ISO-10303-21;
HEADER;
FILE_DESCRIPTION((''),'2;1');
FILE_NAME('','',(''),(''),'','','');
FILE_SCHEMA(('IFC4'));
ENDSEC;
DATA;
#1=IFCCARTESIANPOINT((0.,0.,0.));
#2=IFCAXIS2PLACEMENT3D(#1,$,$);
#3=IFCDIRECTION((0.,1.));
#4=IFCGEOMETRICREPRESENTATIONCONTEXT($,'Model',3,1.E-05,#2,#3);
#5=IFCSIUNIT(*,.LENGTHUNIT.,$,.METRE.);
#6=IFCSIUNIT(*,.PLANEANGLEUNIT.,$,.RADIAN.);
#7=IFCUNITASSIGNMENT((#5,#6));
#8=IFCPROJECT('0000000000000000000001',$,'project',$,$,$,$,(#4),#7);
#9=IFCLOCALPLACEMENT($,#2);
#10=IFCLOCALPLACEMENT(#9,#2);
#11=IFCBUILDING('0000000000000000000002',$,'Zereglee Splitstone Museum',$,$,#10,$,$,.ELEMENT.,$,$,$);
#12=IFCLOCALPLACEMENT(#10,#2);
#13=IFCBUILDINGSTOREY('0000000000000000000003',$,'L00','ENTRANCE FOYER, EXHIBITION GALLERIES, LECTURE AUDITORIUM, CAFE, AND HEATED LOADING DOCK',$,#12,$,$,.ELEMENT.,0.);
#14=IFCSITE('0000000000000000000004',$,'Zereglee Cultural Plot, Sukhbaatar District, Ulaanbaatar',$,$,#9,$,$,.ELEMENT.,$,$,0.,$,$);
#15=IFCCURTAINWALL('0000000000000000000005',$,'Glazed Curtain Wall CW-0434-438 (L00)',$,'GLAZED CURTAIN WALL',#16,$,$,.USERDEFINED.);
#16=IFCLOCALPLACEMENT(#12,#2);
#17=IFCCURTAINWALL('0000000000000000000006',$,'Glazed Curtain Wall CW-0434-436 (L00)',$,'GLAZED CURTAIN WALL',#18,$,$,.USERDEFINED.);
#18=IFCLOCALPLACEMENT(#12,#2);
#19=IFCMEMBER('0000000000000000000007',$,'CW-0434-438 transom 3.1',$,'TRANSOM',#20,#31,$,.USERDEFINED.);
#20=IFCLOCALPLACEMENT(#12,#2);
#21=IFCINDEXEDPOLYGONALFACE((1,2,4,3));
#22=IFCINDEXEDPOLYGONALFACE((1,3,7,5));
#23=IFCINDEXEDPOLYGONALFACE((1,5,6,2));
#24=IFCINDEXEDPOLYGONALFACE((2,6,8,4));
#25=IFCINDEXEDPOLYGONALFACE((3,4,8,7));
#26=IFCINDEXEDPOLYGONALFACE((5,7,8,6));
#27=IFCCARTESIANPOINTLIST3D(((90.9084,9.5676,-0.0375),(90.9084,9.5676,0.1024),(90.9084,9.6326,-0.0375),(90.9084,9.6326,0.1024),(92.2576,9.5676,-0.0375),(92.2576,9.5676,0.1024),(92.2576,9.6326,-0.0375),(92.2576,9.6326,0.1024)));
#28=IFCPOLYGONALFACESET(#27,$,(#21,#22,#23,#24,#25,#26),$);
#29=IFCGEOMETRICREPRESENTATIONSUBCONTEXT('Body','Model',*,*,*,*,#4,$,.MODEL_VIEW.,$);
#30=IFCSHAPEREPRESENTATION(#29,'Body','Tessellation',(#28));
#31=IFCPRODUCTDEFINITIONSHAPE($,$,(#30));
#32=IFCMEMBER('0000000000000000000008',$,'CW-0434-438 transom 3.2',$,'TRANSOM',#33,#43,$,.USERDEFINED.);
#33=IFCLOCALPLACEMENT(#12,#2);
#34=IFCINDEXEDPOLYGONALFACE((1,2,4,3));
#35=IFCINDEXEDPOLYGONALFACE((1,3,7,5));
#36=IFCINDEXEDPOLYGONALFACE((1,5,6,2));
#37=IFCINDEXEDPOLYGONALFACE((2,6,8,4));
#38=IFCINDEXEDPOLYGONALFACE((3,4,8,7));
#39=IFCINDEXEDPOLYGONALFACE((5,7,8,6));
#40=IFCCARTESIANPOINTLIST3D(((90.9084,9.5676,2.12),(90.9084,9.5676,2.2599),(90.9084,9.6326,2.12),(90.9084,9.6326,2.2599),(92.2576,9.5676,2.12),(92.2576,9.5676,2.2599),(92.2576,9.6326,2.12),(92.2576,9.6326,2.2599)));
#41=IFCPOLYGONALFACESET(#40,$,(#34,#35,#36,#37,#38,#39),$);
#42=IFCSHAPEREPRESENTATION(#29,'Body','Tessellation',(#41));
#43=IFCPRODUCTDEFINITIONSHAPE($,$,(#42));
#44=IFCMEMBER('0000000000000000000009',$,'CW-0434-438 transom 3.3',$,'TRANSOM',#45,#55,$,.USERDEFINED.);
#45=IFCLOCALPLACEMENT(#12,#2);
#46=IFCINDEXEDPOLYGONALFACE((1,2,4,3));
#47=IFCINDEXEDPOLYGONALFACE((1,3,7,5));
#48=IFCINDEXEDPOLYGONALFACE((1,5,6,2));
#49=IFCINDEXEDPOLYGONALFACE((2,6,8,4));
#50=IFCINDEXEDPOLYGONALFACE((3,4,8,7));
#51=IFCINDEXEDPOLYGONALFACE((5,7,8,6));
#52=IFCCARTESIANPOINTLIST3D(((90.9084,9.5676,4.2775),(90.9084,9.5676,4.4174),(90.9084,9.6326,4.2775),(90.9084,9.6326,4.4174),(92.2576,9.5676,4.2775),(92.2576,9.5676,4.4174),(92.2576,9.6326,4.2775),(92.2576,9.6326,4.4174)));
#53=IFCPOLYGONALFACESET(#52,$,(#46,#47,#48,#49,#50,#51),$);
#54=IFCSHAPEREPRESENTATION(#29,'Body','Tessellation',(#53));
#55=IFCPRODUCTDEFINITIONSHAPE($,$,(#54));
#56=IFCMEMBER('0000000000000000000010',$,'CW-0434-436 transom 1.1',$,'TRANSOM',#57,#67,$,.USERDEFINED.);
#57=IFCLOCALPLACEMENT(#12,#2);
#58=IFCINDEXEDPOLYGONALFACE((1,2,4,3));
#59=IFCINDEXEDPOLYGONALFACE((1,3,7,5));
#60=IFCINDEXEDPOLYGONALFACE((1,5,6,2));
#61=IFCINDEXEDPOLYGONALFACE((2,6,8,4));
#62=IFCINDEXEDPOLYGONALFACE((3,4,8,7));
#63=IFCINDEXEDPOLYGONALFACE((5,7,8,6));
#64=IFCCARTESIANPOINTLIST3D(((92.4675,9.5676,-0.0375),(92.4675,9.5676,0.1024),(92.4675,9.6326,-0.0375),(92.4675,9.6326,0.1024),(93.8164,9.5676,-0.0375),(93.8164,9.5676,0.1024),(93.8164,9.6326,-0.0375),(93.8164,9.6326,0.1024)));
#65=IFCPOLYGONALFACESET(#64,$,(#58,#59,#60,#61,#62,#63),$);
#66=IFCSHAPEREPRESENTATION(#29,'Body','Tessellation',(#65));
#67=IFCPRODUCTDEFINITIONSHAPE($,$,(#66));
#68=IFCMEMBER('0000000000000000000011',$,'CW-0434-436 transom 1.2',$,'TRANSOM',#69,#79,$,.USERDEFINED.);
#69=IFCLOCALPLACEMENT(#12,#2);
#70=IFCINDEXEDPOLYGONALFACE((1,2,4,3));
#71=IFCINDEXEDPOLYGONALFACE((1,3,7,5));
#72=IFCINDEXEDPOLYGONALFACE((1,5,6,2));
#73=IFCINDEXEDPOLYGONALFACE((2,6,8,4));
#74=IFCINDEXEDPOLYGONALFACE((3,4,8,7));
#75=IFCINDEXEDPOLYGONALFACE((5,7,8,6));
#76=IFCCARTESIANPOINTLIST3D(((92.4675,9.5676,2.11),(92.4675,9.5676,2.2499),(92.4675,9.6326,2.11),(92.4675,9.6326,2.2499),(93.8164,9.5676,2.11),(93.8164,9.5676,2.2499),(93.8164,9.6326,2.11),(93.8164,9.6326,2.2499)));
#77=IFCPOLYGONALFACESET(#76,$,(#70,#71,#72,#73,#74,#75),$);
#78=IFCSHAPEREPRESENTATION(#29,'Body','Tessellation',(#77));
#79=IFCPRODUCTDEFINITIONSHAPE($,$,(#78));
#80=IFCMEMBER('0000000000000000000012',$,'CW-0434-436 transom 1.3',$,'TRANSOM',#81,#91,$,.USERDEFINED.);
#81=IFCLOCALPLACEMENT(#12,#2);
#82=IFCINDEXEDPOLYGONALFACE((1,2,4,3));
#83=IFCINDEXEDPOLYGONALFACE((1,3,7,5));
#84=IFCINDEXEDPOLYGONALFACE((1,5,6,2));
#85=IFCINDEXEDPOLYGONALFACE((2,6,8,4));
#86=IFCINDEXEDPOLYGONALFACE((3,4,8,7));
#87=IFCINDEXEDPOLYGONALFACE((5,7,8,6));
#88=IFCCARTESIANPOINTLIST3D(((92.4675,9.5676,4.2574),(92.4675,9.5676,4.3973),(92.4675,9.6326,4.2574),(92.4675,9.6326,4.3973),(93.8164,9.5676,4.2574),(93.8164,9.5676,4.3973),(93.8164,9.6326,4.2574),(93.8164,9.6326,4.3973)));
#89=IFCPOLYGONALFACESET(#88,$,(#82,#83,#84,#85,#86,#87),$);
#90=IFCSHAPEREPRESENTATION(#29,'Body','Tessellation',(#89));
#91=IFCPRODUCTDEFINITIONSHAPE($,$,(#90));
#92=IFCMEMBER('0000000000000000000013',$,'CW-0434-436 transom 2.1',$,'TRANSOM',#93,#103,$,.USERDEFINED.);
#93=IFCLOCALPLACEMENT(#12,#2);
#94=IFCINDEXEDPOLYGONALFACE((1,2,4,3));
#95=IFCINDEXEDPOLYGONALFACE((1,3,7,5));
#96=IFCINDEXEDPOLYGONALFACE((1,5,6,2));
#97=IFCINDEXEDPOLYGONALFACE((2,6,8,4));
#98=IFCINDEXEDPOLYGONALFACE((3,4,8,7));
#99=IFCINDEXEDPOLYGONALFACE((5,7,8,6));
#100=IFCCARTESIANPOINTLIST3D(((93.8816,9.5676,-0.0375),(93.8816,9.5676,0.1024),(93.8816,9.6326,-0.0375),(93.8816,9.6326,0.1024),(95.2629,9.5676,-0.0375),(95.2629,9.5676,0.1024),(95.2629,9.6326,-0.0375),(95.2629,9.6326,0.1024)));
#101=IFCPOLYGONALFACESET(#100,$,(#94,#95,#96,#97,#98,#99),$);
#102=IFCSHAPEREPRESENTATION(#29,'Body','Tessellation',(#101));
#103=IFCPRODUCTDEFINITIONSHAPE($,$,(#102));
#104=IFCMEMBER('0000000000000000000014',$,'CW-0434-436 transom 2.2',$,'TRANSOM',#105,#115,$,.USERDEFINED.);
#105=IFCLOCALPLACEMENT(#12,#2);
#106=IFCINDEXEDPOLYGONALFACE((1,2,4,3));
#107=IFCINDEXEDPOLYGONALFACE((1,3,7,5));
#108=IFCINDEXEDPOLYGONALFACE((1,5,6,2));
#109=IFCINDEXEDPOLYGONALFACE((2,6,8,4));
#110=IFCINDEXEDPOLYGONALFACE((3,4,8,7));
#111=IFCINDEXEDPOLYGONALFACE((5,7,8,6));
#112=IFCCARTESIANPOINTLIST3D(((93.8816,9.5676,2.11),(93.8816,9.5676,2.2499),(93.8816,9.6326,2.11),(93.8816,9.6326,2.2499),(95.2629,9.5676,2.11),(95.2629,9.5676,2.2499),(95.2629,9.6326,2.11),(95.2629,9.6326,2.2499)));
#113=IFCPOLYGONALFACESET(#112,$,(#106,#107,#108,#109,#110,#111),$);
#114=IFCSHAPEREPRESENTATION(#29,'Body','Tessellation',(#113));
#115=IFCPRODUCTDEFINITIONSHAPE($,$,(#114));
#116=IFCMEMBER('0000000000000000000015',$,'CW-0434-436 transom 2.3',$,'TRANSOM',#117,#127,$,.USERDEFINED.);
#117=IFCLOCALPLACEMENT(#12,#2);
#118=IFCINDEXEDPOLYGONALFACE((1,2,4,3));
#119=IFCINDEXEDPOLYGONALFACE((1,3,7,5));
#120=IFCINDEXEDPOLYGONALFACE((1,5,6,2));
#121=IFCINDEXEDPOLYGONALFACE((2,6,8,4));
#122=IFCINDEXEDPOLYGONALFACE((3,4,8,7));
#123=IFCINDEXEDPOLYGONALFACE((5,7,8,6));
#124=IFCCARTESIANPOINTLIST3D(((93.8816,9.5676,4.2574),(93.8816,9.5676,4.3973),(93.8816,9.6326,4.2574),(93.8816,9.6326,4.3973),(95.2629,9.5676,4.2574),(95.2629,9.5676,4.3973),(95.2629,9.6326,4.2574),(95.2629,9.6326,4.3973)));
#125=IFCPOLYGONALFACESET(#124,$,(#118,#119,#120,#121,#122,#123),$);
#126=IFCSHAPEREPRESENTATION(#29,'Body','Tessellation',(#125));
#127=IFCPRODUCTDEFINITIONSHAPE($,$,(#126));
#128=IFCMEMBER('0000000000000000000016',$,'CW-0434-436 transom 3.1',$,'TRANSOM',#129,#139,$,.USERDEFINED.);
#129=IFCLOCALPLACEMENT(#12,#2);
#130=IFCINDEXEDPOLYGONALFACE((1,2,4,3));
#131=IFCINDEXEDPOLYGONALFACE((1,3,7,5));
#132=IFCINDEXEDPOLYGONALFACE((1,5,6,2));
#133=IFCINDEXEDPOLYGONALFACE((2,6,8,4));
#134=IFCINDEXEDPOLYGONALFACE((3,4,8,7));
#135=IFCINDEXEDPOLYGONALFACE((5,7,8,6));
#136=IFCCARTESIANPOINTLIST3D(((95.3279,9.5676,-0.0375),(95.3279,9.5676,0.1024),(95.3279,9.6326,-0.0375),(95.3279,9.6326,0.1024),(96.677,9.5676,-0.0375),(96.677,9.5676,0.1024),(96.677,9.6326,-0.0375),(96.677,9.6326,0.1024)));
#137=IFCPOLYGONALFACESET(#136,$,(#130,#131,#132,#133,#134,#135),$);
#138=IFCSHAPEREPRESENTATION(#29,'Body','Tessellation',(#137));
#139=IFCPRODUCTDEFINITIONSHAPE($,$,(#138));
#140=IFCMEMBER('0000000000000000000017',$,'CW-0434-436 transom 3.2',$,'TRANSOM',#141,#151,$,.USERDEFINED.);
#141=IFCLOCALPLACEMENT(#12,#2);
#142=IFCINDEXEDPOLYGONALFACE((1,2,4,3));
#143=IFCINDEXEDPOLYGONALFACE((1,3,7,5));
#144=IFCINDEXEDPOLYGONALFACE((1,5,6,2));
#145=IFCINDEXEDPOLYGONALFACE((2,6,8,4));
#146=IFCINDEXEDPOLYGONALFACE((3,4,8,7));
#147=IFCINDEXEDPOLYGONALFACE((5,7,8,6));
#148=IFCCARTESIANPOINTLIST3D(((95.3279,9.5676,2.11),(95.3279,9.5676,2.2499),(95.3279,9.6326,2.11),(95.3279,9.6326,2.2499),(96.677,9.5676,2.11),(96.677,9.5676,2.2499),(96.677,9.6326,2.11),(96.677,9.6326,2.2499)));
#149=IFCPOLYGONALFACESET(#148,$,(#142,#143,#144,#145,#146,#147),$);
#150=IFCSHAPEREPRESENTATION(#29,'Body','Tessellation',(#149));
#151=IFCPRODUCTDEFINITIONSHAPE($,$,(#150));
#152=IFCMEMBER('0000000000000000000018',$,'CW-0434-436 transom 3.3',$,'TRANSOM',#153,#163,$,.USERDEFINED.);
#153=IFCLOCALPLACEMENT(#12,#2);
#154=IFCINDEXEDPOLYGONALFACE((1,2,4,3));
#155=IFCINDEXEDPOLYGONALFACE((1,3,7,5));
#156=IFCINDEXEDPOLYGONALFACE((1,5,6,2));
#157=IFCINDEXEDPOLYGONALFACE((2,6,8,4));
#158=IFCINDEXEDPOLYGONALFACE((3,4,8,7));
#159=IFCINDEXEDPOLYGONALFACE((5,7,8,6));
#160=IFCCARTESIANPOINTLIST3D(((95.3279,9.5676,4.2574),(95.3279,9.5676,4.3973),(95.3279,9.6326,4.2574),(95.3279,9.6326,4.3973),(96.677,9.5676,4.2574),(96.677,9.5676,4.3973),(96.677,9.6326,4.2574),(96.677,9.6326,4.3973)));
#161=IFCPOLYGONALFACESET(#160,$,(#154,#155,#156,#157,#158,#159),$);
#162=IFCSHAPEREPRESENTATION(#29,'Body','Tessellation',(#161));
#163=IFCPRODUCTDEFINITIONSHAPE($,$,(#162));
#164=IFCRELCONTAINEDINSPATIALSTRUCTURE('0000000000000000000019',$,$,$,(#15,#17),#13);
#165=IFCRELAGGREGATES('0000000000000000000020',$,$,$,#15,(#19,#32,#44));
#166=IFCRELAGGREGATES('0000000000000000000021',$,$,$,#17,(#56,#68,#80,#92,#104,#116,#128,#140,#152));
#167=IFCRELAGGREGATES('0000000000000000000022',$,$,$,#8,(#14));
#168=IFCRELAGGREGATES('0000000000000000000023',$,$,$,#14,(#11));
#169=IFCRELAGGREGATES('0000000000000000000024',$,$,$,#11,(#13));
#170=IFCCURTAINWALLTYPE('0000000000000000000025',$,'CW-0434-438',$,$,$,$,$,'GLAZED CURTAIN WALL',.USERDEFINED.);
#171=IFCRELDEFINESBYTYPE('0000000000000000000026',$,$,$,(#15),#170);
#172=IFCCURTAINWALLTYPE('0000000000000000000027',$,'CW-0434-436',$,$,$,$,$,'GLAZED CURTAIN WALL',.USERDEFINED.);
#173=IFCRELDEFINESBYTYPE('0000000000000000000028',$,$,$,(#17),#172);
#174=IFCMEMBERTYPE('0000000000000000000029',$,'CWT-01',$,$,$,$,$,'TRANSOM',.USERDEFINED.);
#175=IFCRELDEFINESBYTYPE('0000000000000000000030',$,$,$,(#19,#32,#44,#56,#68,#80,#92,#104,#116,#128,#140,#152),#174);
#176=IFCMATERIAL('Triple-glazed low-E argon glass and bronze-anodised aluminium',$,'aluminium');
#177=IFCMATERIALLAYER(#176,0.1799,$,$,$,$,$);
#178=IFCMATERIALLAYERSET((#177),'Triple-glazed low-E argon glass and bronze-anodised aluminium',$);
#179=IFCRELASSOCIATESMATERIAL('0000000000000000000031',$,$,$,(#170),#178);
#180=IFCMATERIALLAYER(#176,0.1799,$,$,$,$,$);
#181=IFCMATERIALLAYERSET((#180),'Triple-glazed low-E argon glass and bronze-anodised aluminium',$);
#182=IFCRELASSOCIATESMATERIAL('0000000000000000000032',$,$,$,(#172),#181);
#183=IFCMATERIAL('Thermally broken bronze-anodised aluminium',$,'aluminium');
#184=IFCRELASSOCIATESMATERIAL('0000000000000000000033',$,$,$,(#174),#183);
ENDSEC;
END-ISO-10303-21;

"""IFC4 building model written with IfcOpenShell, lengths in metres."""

from ifc_helpers import new_model, si_unit, direction, frame, origin, origin_2d, place, context, subcontext, project, spatial, rectangle, extrude, material, layer, layer_set, material_profile, profile_set, type_object, element, aggregate, save


model = new_model("IFC4")

# Units and contexts
model_context = context("Model", 3, precision=1e-05, world=origin(), true_north=direction((0.0, 1.0)))
body_context = subcontext(model_context, "Body", "Model", "MODEL_VIEW")
ifc_project = project(units=[si_unit("LENGTHUNIT", "METRE"), si_unit("PLANEANGLEUNIT", "RADIAN")], contexts=[model_context])

# Site, building, storey
site_placement = place(None, origin())
site = spatial("IfcSite", under=ifc_project, at=site_placement, Name="Zereglee Cultural Plot, Sukhbaatar District, Ulaanbaatar", CompositionType="ELEMENT", RefElevation=0.0)
building_placement = place(site_placement, origin())
building = spatial("IfcBuilding", under=site, at=building_placement, Name="Zereglee Splitstone Museum", CompositionType="ELEMENT")
storey_placement = place(building_placement, origin())
storey = spatial("IfcBuildingStorey", under=building, at=storey_placement, Name="L00", Description="ENTRANCE FOYER, EXHIBITION GALLERIES, LECTURE AUDITORIUM, CAFE, AND HEATED LOADING DOCK", CompositionType="ELEMENT", Elevation=0.0)

# Curtain walls
ifc_material_1 = material(Name="Triple-glazed low-E argon glass and bronze-anodised aluminium", Category="aluminium")
ifc_layer_1 = layer(ifc_material_1, 0.1799)
ifc_layer_set_1 = layer_set([ifc_layer_1], Name="Triple-glazed low-E argon glass and bronze-anodised aluminium")
curtain_wall_type_1 = type_object("IfcCurtainWallType", Name="CW-0434-438", ElementType="GLAZED CURTAIN WALL", PredefinedType="USERDEFINED", material=ifc_layer_set_1)
curtain_wall_1_placement = place(storey_placement, origin())
curtain_wall_1 = element("IfcCurtainWall", 1, at=curtain_wall_1_placement, inside=storey, type_object=curtain_wall_type_1, Name="Glazed Curtain Wall CW-0434-438 (L00)", ObjectType="GLAZED CURTAIN WALL", PredefinedType="USERDEFINED")
ifc_material_2 = material(Name="Thermally broken bronze-anodised aluminium", Category="aluminium")
ifc_layer_2 = layer(ifc_material_1, 0.1799)
ifc_layer_set_2 = layer_set([ifc_layer_2], Name="Triple-glazed low-E argon glass and bronze-anodised aluminium")
curtain_wall_type_2 = type_object("IfcCurtainWallType", Name="CW-0434-436", ElementType="GLAZED CURTAIN WALL", PredefinedType="USERDEFINED", material=ifc_layer_set_2)
curtain_wall_2_placement = place(storey_placement, origin())
curtain_wall_2 = element("IfcCurtainWall", 2, at=curtain_wall_2_placement, inside=storey, type_object=curtain_wall_type_2, Name="Glazed Curtain Wall CW-0434-436 (L00)", ObjectType="GLAZED CURTAIN WALL", PredefinedType="USERDEFINED")

# Members
ifc_material_profile_1 = material_profile(ifc_material_2, rectangle(XDim=0.0649, YDim=0.1399, at=origin_2d()), Name="CW TRAN 65x140")
ifc_profile_set_1 = profile_set([ifc_material_profile_1], Name="Thermally broken bronze-anodised aluminium")
member_type_1 = type_object("IfcMemberType", Name="CWT-01", ElementType="TRANSOM", PredefinedType="USERDEFINED", material=ifc_profile_set_1)
member_1_placement = place(storey_placement, frame((90.9084, 9.6001, 0.0325), z_axis=(1.0, 0.0, 0.0), x_axis=(0.0, 1.0, 0.0)))
member_1 = element("IfcMember", 3, at=member_1_placement, type_object=member_type_1, Name="CW-0434-438 transom 3.1", ObjectType="TRANSOM", PredefinedType="USERDEFINED", context=body_context, shape_type="SweptSolid", body=[
    extrude(rectangle(XDim=0.0649, YDim=0.1399, at=origin_2d()), origin(), (0.0, 0.0, 1.0), 1.3491),
])
member_2_placement = place(storey_placement, frame((90.9084, 9.6001, 2.1899), z_axis=(1.0, 0.0, 0.0), x_axis=(0.0, 1.0, 0.0)))
member_2 = element("IfcMember", 4, at=member_2_placement, type_object=member_type_1, Name="CW-0434-438 transom 3.2", ObjectType="TRANSOM", PredefinedType="USERDEFINED", context=body_context, shape_type="SweptSolid", body=[
    extrude(rectangle(XDim=0.0649, YDim=0.1399, at=origin_2d()), origin(), (0.0, 0.0, 1.0), 1.3491),
])
member_3_placement = place(storey_placement, frame((90.9084, 9.6001, 4.3474), z_axis=(1.0, 0.0, 0.0), x_axis=(0.0, 1.0, 0.0)))
member_3 = element("IfcMember", 5, at=member_3_placement, type_object=member_type_1, Name="CW-0434-438 transom 3.3", ObjectType="TRANSOM", PredefinedType="USERDEFINED", context=body_context, shape_type="SweptSolid", body=[
    extrude(rectangle(XDim=0.0649, YDim=0.1399, at=origin_2d()), origin(), (0.0, 0.0, 1.0), 1.3491),
])
member_4_placement = place(storey_placement, frame((92.4675, 9.6001, 0.0325), z_axis=(1.0, 0.0, 0.0), x_axis=(0.0, 1.0, 0.0)))
member_4 = element("IfcMember", 6, at=member_4_placement, type_object=member_type_1, Name="CW-0434-436 transom 1.1", ObjectType="TRANSOM", PredefinedType="USERDEFINED", context=body_context, shape_type="SweptSolid", body=[
    extrude(rectangle(XDim=0.0649, YDim=0.1399, at=origin_2d()), origin(), (0.0, 0.0, 1.0), 1.3489),
])
member_5_placement = place(storey_placement, frame((92.4675, 9.6001, 2.1799), z_axis=(1.0, 0.0, 0.0), x_axis=(0.0, 1.0, 0.0)))
member_5 = element("IfcMember", 7, at=member_5_placement, type_object=member_type_1, Name="CW-0434-436 transom 1.2", ObjectType="TRANSOM", PredefinedType="USERDEFINED", context=body_context, shape_type="SweptSolid", body=[
    extrude(rectangle(XDim=0.0649, YDim=0.1399, at=origin_2d()), origin(), (0.0, 0.0, 1.0), 1.3489),
])
member_6_placement = place(storey_placement, frame((92.4675, 9.6001, 4.3274), z_axis=(1.0, 0.0, 0.0), x_axis=(0.0, 1.0, 0.0)))
member_6 = element("IfcMember", 8, at=member_6_placement, type_object=member_type_1, Name="CW-0434-436 transom 1.3", ObjectType="TRANSOM", PredefinedType="USERDEFINED", context=body_context, shape_type="SweptSolid", body=[
    extrude(rectangle(XDim=0.0649, YDim=0.1399, at=origin_2d()), origin(), (0.0, 0.0, 1.0), 1.3489),
])
member_7_placement = place(storey_placement, frame((93.8816, 9.6001, 0.0325), z_axis=(1.0, 0.0, 0.0), x_axis=(0.0, 1.0, 0.0)))
member_7 = element("IfcMember", 9, at=member_7_placement, type_object=member_type_1, Name="CW-0434-436 transom 2.1", ObjectType="TRANSOM", PredefinedType="USERDEFINED", context=body_context, shape_type="SweptSolid", body=[
    extrude(rectangle(XDim=0.0649, YDim=0.1399, at=origin_2d()), origin(), (0.0, 0.0, 1.0), 1.3813),
])
member_8_placement = place(storey_placement, frame((93.8816, 9.6001, 2.1799), z_axis=(1.0, 0.0, 0.0), x_axis=(0.0, 1.0, 0.0)))
member_8 = element("IfcMember", 10, at=member_8_placement, type_object=member_type_1, Name="CW-0434-436 transom 2.2", ObjectType="TRANSOM", PredefinedType="USERDEFINED", context=body_context, shape_type="SweptSolid", body=[
    extrude(rectangle(XDim=0.0649, YDim=0.1399, at=origin_2d()), origin(), (0.0, 0.0, 1.0), 1.3813),
])
member_9_placement = place(storey_placement, frame((93.8816, 9.6001, 4.3274), z_axis=(1.0, 0.0, 0.0), x_axis=(0.0, 1.0, 0.0)))
member_9 = element("IfcMember", 11, at=member_9_placement, type_object=member_type_1, Name="CW-0434-436 transom 2.3", ObjectType="TRANSOM", PredefinedType="USERDEFINED", context=body_context, shape_type="SweptSolid", body=[
    extrude(rectangle(XDim=0.0649, YDim=0.1399, at=origin_2d()), origin(), (0.0, 0.0, 1.0), 1.3813),
])
member_10_placement = place(storey_placement, frame((95.3279, 9.6001, 0.0325), z_axis=(1.0, 0.0, 0.0), x_axis=(0.0, 1.0, 0.0)))
member_10 = element("IfcMember", 12, at=member_10_placement, type_object=member_type_1, Name="CW-0434-436 transom 3.1", ObjectType="TRANSOM", PredefinedType="USERDEFINED", context=body_context, shape_type="SweptSolid", body=[
    extrude(rectangle(XDim=0.0649, YDim=0.1399, at=origin_2d()), origin(), (0.0, 0.0, 1.0), 1.3491),
])
member_11_placement = place(storey_placement, frame((95.3279, 9.6001, 2.1799), z_axis=(1.0, 0.0, 0.0), x_axis=(0.0, 1.0, 0.0)))
member_11 = element("IfcMember", 13, at=member_11_placement, type_object=member_type_1, Name="CW-0434-436 transom 3.2", ObjectType="TRANSOM", PredefinedType="USERDEFINED", context=body_context, shape_type="SweptSolid", body=[
    extrude(rectangle(XDim=0.0649, YDim=0.1399, at=origin_2d()), origin(), (0.0, 0.0, 1.0), 1.3491),
])
member_12_placement = place(storey_placement, frame((95.3279, 9.6001, 4.3274), z_axis=(1.0, 0.0, 0.0), x_axis=(0.0, 1.0, 0.0)))
member_12 = element("IfcMember", 14, at=member_12_placement, type_object=member_type_1, Name="CW-0434-436 transom 3.3", ObjectType="TRANSOM", PredefinedType="USERDEFINED", context=body_context, shape_type="SweptSolid", body=[
    extrude(rectangle(XDim=0.0649, YDim=0.1399, at=origin_2d()), origin(), (0.0, 0.0, 1.0), 1.3491),
])

aggregate(curtain_wall_1, [member_1, member_2, member_3])
aggregate(curtain_wall_2, [member_4, member_5, member_6, member_7, member_8, member_9, member_10, member_11, member_12])

save(model, "model.ifc")
